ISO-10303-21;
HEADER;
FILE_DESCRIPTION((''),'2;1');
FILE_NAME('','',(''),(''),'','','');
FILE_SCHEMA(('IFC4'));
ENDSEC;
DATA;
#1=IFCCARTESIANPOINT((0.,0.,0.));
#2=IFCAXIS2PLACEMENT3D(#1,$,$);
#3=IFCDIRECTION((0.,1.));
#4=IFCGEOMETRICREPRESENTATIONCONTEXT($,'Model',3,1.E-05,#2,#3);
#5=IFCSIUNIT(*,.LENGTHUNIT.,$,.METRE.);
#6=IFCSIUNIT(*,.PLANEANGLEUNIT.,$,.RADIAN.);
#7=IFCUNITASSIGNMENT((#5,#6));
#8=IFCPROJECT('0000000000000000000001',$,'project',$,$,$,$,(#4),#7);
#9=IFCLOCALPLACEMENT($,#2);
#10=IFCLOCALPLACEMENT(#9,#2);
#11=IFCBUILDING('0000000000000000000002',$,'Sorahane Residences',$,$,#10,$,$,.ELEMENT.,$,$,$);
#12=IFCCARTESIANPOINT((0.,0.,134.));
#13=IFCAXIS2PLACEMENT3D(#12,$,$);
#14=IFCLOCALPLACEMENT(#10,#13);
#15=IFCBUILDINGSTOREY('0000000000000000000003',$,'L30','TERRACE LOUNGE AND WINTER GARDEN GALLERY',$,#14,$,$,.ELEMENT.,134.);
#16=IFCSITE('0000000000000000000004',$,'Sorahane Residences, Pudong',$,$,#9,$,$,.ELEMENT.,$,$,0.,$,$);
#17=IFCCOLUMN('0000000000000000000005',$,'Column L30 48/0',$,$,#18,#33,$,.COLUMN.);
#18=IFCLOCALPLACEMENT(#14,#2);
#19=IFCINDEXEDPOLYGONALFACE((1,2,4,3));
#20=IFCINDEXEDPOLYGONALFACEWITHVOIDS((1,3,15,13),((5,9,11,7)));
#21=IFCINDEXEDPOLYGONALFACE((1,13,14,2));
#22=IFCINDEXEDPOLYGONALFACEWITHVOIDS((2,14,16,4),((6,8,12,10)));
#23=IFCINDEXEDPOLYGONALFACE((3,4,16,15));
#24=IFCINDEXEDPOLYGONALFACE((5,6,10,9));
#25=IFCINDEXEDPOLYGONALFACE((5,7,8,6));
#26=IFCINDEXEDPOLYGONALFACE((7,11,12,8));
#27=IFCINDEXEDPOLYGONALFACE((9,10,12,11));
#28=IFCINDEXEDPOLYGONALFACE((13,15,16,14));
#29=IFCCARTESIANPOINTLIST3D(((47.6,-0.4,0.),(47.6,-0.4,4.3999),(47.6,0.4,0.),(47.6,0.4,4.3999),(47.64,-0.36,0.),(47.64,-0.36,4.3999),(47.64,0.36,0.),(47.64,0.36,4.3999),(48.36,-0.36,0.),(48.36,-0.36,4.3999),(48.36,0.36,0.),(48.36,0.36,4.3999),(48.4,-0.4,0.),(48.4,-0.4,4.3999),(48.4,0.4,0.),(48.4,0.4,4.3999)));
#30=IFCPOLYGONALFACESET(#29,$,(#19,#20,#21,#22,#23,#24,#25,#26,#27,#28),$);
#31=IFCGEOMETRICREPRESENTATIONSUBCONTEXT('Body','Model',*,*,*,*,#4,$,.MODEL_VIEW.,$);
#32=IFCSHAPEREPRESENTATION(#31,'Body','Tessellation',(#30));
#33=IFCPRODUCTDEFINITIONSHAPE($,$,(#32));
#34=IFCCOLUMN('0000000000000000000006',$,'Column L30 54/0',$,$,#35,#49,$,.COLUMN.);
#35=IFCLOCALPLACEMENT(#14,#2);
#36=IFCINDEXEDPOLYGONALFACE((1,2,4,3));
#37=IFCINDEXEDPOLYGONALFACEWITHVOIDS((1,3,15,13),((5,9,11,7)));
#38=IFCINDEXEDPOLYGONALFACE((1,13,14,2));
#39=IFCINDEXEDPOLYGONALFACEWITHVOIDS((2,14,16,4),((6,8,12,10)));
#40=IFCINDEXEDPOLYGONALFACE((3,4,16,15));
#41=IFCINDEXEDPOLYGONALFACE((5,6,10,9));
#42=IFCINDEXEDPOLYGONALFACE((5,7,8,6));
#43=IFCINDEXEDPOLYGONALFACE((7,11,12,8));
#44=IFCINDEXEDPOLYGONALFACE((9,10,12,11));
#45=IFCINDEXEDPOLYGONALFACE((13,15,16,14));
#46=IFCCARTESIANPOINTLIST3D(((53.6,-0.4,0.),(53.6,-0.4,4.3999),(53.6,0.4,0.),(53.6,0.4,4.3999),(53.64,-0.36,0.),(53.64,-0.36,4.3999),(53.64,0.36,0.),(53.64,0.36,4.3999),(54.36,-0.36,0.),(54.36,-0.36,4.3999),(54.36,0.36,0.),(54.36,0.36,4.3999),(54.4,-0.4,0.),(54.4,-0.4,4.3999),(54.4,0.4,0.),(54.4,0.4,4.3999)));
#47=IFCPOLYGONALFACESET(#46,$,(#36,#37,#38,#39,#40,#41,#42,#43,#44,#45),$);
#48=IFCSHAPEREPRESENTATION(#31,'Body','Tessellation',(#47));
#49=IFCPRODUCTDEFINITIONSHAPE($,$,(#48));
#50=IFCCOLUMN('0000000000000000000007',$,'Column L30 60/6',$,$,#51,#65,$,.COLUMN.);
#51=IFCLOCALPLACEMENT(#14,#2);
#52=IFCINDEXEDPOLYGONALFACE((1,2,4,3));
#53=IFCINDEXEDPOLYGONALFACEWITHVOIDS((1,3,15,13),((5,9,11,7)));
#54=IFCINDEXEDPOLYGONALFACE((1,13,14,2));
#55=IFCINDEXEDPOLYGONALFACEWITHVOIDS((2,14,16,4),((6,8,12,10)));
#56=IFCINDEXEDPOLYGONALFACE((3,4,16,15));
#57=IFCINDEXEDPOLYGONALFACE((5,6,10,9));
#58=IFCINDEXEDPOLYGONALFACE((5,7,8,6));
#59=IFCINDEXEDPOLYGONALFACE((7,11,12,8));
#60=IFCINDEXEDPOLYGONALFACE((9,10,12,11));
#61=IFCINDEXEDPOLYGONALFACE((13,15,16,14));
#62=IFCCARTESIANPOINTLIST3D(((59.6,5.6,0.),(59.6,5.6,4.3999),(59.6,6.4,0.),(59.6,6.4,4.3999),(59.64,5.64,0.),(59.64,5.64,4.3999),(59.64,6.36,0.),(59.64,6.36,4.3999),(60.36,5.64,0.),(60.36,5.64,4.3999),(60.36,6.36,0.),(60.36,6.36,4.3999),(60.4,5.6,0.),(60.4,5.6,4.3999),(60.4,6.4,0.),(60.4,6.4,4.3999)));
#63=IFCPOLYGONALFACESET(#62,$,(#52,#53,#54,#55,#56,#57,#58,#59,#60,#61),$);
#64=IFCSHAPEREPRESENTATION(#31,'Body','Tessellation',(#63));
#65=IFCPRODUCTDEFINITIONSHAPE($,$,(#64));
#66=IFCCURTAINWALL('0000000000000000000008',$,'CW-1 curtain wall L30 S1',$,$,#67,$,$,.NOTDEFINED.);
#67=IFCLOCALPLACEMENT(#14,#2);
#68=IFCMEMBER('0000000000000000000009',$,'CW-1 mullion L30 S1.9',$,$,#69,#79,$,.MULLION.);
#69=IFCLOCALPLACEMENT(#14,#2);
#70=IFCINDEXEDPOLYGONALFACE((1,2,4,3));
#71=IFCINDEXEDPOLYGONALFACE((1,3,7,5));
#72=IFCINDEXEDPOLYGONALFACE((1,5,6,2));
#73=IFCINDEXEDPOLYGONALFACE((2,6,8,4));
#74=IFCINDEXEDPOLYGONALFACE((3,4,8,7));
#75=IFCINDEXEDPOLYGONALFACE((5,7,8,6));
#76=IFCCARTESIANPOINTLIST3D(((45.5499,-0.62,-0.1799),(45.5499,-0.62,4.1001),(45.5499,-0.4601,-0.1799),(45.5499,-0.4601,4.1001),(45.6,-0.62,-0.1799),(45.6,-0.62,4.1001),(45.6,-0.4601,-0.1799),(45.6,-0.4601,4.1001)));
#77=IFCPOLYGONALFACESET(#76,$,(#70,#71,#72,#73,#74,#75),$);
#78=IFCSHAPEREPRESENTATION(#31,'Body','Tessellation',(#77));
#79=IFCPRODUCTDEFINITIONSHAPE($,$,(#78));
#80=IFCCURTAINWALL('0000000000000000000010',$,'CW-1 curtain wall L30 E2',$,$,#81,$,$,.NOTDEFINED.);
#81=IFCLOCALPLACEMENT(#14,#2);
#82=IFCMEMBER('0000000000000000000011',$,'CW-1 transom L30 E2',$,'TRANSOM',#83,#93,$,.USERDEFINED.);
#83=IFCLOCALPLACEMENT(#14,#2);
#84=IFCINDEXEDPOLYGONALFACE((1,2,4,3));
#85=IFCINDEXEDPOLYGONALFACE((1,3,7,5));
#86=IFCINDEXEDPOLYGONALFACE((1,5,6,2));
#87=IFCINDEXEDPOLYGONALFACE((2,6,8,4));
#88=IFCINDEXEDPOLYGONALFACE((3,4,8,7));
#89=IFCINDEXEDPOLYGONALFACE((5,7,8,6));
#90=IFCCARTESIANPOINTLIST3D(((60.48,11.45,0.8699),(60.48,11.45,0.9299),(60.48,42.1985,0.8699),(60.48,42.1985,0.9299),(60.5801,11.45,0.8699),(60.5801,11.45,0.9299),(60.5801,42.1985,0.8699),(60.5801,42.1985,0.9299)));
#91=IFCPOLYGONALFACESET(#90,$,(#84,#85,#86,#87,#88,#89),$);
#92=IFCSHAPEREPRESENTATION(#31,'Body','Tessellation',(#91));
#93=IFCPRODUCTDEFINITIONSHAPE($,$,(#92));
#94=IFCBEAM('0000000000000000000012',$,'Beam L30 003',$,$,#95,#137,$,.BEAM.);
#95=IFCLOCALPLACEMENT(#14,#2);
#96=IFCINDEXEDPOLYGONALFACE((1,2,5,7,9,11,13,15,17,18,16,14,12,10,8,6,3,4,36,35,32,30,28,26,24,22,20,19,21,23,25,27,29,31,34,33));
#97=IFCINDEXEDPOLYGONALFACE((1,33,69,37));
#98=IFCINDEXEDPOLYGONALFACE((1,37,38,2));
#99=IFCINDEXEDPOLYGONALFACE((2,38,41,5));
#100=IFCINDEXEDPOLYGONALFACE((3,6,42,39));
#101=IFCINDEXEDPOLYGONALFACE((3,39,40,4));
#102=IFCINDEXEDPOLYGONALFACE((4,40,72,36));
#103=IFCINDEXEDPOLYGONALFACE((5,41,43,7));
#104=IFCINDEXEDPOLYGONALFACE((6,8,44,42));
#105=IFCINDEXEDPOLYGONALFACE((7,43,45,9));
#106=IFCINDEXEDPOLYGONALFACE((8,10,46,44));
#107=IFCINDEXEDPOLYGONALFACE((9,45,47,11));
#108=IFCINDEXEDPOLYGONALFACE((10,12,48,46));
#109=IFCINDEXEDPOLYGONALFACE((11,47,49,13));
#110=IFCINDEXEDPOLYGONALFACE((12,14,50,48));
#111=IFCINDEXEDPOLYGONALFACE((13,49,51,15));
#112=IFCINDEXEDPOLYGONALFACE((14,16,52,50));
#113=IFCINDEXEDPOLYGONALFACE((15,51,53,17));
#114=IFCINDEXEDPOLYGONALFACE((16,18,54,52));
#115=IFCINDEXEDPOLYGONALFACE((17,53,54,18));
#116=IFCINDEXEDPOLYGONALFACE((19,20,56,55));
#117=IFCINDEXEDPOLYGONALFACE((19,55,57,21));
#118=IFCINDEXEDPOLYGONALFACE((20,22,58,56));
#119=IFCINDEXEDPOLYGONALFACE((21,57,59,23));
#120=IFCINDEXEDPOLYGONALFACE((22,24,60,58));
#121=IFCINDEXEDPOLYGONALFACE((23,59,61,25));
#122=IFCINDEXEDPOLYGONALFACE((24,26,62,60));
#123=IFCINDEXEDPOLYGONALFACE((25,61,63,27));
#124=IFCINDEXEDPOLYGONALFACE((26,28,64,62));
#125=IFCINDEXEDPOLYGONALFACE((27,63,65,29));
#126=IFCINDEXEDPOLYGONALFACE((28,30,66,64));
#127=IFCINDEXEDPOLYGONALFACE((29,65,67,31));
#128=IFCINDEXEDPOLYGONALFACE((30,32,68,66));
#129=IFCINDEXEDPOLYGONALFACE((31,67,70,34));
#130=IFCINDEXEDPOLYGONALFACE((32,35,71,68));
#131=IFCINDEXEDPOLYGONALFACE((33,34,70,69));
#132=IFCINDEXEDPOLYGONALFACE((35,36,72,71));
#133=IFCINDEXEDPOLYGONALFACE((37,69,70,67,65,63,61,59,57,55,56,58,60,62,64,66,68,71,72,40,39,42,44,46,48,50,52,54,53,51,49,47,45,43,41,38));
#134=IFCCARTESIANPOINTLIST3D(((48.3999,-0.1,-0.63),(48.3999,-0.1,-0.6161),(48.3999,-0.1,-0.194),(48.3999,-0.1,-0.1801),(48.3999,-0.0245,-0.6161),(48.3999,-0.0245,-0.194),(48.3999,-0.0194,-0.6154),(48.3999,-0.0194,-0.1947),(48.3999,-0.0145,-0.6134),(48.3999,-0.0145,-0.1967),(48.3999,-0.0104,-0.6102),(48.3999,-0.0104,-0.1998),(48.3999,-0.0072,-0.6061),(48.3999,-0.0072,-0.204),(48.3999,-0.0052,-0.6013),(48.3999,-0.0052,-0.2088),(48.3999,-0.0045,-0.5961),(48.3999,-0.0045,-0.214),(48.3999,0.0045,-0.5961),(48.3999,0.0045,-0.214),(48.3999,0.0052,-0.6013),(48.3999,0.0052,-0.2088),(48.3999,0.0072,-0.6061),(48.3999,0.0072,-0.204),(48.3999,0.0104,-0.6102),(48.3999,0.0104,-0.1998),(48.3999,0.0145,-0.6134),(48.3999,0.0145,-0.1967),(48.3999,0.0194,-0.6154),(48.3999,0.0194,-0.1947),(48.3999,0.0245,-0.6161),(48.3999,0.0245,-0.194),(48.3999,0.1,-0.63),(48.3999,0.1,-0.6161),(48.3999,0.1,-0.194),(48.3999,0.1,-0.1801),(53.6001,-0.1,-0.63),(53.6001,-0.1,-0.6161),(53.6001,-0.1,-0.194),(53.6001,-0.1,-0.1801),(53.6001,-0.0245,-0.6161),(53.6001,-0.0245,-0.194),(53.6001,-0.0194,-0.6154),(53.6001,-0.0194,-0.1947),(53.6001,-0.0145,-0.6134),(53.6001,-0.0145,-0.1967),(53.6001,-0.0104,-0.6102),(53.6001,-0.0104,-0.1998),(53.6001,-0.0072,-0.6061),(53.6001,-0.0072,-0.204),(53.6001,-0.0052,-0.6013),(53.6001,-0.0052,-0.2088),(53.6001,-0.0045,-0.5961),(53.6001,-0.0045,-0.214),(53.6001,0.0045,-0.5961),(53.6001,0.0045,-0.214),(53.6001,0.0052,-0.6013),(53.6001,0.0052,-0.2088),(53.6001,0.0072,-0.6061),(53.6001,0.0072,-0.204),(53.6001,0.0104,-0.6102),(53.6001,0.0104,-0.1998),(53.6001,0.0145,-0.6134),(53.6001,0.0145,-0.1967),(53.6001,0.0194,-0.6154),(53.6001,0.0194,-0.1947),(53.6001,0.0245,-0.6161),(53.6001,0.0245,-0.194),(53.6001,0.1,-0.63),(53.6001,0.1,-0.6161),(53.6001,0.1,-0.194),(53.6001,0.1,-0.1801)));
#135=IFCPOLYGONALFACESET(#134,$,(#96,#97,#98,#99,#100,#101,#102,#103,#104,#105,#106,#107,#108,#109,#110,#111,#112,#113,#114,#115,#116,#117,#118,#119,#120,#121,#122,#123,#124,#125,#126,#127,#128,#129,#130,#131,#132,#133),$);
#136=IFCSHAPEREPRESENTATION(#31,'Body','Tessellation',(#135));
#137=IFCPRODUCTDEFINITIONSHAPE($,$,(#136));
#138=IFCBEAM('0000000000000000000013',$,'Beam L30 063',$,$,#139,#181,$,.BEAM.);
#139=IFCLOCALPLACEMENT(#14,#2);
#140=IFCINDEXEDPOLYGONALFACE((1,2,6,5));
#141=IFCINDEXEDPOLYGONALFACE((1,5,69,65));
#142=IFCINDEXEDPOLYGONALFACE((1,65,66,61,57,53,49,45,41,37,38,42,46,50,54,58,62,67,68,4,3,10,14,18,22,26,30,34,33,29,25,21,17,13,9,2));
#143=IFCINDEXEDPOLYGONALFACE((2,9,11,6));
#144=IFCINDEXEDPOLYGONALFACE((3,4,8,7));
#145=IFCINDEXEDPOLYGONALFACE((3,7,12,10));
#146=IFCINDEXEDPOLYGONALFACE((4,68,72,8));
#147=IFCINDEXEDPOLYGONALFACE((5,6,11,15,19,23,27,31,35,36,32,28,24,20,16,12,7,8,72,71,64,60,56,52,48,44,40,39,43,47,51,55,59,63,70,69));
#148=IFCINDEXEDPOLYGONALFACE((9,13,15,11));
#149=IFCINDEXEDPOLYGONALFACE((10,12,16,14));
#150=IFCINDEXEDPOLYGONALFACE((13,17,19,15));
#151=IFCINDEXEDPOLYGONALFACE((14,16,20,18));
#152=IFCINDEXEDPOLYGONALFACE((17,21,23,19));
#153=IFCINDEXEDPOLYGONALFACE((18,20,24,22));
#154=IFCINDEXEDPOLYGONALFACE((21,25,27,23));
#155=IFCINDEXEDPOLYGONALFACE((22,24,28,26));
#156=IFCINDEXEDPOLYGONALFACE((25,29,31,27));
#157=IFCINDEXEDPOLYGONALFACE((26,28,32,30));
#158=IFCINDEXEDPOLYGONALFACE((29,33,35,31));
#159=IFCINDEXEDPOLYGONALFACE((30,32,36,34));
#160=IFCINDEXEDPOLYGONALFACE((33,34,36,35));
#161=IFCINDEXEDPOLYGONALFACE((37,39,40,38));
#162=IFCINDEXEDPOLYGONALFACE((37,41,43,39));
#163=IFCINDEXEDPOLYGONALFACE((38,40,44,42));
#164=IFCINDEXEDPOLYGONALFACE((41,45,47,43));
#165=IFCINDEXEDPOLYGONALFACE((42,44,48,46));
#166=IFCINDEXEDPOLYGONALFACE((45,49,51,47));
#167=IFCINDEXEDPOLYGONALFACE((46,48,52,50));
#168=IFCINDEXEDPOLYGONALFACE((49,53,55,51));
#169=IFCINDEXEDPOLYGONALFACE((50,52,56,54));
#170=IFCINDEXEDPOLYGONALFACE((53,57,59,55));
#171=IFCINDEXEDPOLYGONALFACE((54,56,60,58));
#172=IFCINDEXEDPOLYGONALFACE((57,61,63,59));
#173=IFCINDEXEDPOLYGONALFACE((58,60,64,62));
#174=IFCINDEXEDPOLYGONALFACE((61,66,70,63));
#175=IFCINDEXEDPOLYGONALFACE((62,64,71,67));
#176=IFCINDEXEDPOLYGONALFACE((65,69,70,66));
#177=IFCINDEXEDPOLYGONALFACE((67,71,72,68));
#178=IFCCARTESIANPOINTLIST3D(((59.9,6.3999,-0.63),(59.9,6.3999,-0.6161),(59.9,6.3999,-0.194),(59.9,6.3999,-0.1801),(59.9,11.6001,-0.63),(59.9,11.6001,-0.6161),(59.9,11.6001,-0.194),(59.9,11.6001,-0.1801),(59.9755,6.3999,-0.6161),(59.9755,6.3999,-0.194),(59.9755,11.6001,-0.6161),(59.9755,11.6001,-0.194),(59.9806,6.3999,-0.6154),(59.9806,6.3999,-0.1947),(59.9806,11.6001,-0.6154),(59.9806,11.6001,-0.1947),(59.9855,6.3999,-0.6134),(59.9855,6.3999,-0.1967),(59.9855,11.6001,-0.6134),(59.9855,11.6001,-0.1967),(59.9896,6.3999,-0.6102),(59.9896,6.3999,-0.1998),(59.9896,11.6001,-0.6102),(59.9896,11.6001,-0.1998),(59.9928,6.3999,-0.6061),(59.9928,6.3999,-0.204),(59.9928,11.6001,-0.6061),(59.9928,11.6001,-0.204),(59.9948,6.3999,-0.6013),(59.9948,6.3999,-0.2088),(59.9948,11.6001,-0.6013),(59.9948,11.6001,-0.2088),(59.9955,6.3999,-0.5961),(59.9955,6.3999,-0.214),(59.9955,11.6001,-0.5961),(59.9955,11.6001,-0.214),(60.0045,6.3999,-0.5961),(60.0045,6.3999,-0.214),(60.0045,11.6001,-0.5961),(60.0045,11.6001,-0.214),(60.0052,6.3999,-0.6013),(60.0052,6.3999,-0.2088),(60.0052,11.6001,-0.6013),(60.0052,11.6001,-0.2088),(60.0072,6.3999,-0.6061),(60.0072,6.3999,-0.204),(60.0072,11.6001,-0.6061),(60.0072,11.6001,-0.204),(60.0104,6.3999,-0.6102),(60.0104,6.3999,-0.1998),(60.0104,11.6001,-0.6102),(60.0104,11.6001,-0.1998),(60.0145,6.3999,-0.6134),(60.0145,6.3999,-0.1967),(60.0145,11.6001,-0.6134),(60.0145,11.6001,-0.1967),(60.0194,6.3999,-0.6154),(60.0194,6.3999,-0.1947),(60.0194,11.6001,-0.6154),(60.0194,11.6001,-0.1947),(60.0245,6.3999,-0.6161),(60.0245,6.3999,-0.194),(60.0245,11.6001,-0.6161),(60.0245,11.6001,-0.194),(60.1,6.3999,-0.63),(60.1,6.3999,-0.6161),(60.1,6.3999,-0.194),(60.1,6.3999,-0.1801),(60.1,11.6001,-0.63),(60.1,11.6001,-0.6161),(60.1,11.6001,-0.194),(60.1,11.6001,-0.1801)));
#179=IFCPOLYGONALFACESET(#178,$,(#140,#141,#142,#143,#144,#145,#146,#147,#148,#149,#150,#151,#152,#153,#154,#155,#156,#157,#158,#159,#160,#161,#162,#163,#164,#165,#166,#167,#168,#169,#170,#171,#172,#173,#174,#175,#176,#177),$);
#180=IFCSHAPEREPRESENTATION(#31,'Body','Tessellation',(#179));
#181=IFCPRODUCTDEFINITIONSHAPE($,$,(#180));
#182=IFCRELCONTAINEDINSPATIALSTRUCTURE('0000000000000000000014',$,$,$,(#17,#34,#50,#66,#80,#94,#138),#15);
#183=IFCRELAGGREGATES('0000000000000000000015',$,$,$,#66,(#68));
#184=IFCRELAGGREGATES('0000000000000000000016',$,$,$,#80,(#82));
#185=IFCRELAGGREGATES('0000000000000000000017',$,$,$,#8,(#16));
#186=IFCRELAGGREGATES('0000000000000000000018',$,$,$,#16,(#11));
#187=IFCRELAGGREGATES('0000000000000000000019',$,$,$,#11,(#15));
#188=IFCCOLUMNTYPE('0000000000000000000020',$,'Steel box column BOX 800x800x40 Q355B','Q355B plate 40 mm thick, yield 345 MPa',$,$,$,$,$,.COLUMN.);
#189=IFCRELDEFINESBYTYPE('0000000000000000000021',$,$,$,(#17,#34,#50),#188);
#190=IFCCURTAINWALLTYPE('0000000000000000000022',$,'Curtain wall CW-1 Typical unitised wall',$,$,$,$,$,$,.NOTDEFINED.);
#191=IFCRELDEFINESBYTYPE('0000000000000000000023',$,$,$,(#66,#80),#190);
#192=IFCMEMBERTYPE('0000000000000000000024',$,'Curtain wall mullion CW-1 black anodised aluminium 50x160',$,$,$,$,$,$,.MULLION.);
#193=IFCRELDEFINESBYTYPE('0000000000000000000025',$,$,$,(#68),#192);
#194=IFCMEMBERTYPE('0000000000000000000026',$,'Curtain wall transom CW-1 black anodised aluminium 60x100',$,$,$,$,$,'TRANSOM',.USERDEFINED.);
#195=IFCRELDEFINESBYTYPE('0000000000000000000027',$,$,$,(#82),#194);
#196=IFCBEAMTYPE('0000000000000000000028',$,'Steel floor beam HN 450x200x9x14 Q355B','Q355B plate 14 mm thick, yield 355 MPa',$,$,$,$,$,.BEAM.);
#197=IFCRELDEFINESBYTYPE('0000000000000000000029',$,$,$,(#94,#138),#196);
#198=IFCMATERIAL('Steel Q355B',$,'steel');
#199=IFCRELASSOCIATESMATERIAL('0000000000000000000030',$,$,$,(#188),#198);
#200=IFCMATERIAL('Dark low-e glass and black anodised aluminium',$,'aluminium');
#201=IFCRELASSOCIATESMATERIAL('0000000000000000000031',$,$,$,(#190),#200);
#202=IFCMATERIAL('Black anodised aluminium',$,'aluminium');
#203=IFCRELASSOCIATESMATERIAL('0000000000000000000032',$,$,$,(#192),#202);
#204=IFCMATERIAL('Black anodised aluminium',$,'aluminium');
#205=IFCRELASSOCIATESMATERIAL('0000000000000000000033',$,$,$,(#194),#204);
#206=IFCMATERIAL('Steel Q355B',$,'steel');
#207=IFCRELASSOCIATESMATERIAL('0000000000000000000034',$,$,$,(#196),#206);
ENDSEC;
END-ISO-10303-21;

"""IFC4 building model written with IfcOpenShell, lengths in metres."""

from ifc_helpers import new_model, si_unit, direction, frame, origin, origin_2d, place, context, subcontext, project, spatial, rectangle, hollow_rectangle, i_section, extrude, material, material_profile, profile_set, type_object, element, aggregate, save


model = new_model("IFC4")

# Units and contexts
model_context = context("Model", 3, precision=1e-05, world=origin(), true_north=direction((0.0, 1.0)))
body_context = subcontext(model_context, "Body", "Model", "MODEL_VIEW")
ifc_project = project(units=[si_unit("LENGTHUNIT", "METRE"), si_unit("PLANEANGLEUNIT", "RADIAN")], contexts=[model_context])

# Site, building, storey
site_placement = place(None, origin())
site = spatial("IfcSite", under=ifc_project, at=site_placement, Name="Sorahane Residences, Pudong", CompositionType="ELEMENT", RefElevation=0.0)
building_placement = place(site_placement, origin())
building = spatial("IfcBuilding", under=site, at=building_placement, Name="Sorahane Residences", CompositionType="ELEMENT")
storey_placement = place(building_placement, frame((0.0, 0.0, 134.0)))
storey = spatial("IfcBuildingStorey", under=building, at=storey_placement, Name="L30", Description="TERRACE LOUNGE AND WINTER GARDEN GALLERY", CompositionType="ELEMENT", Elevation=134.0)

# Columns
ifc_material_1 = material(Name="Steel Q355B", Category="steel")
ifc_material_profile_1 = material_profile(ifc_material_1, hollow_rectangle(XDim=0.8, YDim=0.8, WallThickness=0.04, at=origin_2d()), Name="BOX 800x800x40")
ifc_profile_set_1 = profile_set([ifc_material_profile_1], Name="Steel Q355B")
column_type = type_object("IfcColumnType", Name="Steel box column BOX 800x800x40 Q355B", Description="Q355B plate 40 mm thick, yield 345 MPa", PredefinedType="COLUMN", material=ifc_profile_set_1)
for number, where, z_axis, x_axis, name in (
    (1, (48.0, 0.0, 0.0), (0.0, 0.0, 1.0), (1.0, 0.0, 0.0), "Column L30 48/0"),
    (2, (54.0, 0.0, 0.0), (0.0, 0.0, 1.0), (1.0, 0.0, 0.0), "Column L30 54/0"),
    (3, (60.0, 6.0, 0.0), (0.0, 0.0, 1.0), (1.0, 0.0, 0.0), "Column L30 60/6"),
):
    element("IfcColumn", number, at=place(storey_placement, frame(where, z_axis=z_axis, x_axis=x_axis)), inside=storey, type_object=column_type, Name=name, PredefinedType="COLUMN", context=body_context, shape_type="SweptSolid", body=[
        extrude(hollow_rectangle(XDim=0.8, YDim=0.8, WallThickness=0.04, at=origin_2d()), origin(), (0.0, 0.0, 1.0), 4.3999),
    ])

# Curtain walls, members
ifc_material_2 = material(Name="Dark low-e glass and black anodised aluminium", Category="aluminium")
curtain_wall_type = type_object("IfcCurtainWallType", Name="Curtain wall CW-1 Typical unitised wall", PredefinedType="NOTDEFINED", material=ifc_material_2)
curtain_wall_1_placement = place(storey_placement, origin())
curtain_wall_1 = element("IfcCurtainWall", 4, at=curtain_wall_1_placement, inside=storey, type_object=curtain_wall_type, Name="CW-1 curtain wall L30 S1", PredefinedType="NOTDEFINED")
ifc_material_3 = material(Name="Black anodised aluminium", Category="aluminium")
ifc_material_profile_2 = material_profile(ifc_material_3, rectangle(XDim=0.1599, YDim=0.05, at=origin_2d()), Name="Curtain wall mullion CW-1 black anodised aluminium 50x160")
ifc_profile_set_2 = profile_set([ifc_material_profile_2], Name="Black anodised aluminium")
member_type_1 = type_object("IfcMemberType", Name="Curtain wall mullion CW-1 black anodised aluminium 50x160", PredefinedType="MULLION", material=ifc_profile_set_2)
member_1_placement = place(storey_placement, frame((45.575, -0.54, -0.1799), z_axis=(0.0, 0.0, 1.0), x_axis=(0.0, -1.0, 0.0)))
member_1 = element("IfcMember", 5, at=member_1_placement, type_object=member_type_1, Name="CW-1 mullion L30 S1.9", PredefinedType="MULLION", context=body_context, shape_type="SweptSolid", body=[
    extrude(rectangle(XDim=0.1599, YDim=0.05, at=origin_2d()), origin(), (0.0, 0.0, 1.0), 4.28),
])
aggregate(curtain_wall_1, [member_1])
curtain_wall_2_placement = place(storey_placement, origin())
curtain_wall_2 = element("IfcCurtainWall", 6, at=curtain_wall_2_placement, inside=storey, type_object=curtain_wall_type, Name="CW-1 curtain wall L30 E2", PredefinedType="NOTDEFINED")
ifc_material_4 = material(Name="Black anodised aluminium", Category="aluminium")
ifc_material_profile_3 = material_profile(ifc_material_4, rectangle(XDim=0.1001, YDim=0.0601, at=origin_2d()), Name="Curtain wall transom CW-1 black anodised aluminium 60x100")
ifc_profile_set_3 = profile_set([ifc_material_profile_3], Name="Black anodised aluminium")
member_type_2 = type_object("IfcMemberType", Name="Curtain wall transom CW-1 black anodised aluminium 60x100", ElementType="TRANSOM", PredefinedType="USERDEFINED", material=ifc_profile_set_3)
member_2_placement = place(storey_placement, frame((60.53, 11.45, 0.8999), z_axis=(0.0, 1.0, 0.0), x_axis=(-1.0, 0.0, 0.0)))
member_2 = element("IfcMember", 7, at=member_2_placement, type_object=member_type_2, Name="CW-1 transom L30 E2", ObjectType="TRANSOM", PredefinedType="USERDEFINED", context=body_context, shape_type="SweptSolid", body=[
    extrude(rectangle(XDim=0.1001, YDim=0.0601, at=origin_2d()), origin(), (0.0, 0.0, 1.0), 30.7485),
])
aggregate(curtain_wall_2, [member_2])

# Beams
ifc_material_5 = material(Name="Steel Q355B", Category="steel")
ifc_material_profile_4 = material_profile(ifc_material_5, i_section(OverallWidth=0.2, OverallDepth=0.45, WebThickness=0.009, FlangeThickness=0.0139, FilletRadius=0.02, at=origin_2d()), Name="HN 450x200x9x14")
ifc_profile_set_4 = profile_set([ifc_material_profile_4], Name="Steel Q355B")
beam_type_1 = type_object("IfcBeamType", Name="Steel floor beam HN 450x200x9x14 Q355B", Description="Q355B plate 14 mm thick, yield 355 MPa", PredefinedType="BEAM", material=ifc_profile_set_4)
for number, where, z_axis, x_axis, name in (
    (8, (48.3999, 0.0, -0.405), (1.0, 0.0, 0.0), (0.0, 1.0, 0.0), "Beam L30 003"),
    (9, (60.0, 6.3999, -0.405), (0.0, 1.0, 0.0), (-1.0, 0.0, 0.0), "Beam L30 063"),
):
    element("IfcBeam", number, at=place(storey_placement, frame(where, z_axis=z_axis, x_axis=x_axis)), inside=storey, type_object=beam_type_1, Name=name, PredefinedType="BEAM", context=body_context, shape_type="SweptSolid", body=[
        extrude(i_section(OverallWidth=0.2, OverallDepth=0.45, WebThickness=0.009, FlangeThickness=0.0139, FilletRadius=0.02, at=origin_2d()), origin(), (0.0, 0.0, 1.0), 5.2002),
    ])

save(model, "model.ifc")
